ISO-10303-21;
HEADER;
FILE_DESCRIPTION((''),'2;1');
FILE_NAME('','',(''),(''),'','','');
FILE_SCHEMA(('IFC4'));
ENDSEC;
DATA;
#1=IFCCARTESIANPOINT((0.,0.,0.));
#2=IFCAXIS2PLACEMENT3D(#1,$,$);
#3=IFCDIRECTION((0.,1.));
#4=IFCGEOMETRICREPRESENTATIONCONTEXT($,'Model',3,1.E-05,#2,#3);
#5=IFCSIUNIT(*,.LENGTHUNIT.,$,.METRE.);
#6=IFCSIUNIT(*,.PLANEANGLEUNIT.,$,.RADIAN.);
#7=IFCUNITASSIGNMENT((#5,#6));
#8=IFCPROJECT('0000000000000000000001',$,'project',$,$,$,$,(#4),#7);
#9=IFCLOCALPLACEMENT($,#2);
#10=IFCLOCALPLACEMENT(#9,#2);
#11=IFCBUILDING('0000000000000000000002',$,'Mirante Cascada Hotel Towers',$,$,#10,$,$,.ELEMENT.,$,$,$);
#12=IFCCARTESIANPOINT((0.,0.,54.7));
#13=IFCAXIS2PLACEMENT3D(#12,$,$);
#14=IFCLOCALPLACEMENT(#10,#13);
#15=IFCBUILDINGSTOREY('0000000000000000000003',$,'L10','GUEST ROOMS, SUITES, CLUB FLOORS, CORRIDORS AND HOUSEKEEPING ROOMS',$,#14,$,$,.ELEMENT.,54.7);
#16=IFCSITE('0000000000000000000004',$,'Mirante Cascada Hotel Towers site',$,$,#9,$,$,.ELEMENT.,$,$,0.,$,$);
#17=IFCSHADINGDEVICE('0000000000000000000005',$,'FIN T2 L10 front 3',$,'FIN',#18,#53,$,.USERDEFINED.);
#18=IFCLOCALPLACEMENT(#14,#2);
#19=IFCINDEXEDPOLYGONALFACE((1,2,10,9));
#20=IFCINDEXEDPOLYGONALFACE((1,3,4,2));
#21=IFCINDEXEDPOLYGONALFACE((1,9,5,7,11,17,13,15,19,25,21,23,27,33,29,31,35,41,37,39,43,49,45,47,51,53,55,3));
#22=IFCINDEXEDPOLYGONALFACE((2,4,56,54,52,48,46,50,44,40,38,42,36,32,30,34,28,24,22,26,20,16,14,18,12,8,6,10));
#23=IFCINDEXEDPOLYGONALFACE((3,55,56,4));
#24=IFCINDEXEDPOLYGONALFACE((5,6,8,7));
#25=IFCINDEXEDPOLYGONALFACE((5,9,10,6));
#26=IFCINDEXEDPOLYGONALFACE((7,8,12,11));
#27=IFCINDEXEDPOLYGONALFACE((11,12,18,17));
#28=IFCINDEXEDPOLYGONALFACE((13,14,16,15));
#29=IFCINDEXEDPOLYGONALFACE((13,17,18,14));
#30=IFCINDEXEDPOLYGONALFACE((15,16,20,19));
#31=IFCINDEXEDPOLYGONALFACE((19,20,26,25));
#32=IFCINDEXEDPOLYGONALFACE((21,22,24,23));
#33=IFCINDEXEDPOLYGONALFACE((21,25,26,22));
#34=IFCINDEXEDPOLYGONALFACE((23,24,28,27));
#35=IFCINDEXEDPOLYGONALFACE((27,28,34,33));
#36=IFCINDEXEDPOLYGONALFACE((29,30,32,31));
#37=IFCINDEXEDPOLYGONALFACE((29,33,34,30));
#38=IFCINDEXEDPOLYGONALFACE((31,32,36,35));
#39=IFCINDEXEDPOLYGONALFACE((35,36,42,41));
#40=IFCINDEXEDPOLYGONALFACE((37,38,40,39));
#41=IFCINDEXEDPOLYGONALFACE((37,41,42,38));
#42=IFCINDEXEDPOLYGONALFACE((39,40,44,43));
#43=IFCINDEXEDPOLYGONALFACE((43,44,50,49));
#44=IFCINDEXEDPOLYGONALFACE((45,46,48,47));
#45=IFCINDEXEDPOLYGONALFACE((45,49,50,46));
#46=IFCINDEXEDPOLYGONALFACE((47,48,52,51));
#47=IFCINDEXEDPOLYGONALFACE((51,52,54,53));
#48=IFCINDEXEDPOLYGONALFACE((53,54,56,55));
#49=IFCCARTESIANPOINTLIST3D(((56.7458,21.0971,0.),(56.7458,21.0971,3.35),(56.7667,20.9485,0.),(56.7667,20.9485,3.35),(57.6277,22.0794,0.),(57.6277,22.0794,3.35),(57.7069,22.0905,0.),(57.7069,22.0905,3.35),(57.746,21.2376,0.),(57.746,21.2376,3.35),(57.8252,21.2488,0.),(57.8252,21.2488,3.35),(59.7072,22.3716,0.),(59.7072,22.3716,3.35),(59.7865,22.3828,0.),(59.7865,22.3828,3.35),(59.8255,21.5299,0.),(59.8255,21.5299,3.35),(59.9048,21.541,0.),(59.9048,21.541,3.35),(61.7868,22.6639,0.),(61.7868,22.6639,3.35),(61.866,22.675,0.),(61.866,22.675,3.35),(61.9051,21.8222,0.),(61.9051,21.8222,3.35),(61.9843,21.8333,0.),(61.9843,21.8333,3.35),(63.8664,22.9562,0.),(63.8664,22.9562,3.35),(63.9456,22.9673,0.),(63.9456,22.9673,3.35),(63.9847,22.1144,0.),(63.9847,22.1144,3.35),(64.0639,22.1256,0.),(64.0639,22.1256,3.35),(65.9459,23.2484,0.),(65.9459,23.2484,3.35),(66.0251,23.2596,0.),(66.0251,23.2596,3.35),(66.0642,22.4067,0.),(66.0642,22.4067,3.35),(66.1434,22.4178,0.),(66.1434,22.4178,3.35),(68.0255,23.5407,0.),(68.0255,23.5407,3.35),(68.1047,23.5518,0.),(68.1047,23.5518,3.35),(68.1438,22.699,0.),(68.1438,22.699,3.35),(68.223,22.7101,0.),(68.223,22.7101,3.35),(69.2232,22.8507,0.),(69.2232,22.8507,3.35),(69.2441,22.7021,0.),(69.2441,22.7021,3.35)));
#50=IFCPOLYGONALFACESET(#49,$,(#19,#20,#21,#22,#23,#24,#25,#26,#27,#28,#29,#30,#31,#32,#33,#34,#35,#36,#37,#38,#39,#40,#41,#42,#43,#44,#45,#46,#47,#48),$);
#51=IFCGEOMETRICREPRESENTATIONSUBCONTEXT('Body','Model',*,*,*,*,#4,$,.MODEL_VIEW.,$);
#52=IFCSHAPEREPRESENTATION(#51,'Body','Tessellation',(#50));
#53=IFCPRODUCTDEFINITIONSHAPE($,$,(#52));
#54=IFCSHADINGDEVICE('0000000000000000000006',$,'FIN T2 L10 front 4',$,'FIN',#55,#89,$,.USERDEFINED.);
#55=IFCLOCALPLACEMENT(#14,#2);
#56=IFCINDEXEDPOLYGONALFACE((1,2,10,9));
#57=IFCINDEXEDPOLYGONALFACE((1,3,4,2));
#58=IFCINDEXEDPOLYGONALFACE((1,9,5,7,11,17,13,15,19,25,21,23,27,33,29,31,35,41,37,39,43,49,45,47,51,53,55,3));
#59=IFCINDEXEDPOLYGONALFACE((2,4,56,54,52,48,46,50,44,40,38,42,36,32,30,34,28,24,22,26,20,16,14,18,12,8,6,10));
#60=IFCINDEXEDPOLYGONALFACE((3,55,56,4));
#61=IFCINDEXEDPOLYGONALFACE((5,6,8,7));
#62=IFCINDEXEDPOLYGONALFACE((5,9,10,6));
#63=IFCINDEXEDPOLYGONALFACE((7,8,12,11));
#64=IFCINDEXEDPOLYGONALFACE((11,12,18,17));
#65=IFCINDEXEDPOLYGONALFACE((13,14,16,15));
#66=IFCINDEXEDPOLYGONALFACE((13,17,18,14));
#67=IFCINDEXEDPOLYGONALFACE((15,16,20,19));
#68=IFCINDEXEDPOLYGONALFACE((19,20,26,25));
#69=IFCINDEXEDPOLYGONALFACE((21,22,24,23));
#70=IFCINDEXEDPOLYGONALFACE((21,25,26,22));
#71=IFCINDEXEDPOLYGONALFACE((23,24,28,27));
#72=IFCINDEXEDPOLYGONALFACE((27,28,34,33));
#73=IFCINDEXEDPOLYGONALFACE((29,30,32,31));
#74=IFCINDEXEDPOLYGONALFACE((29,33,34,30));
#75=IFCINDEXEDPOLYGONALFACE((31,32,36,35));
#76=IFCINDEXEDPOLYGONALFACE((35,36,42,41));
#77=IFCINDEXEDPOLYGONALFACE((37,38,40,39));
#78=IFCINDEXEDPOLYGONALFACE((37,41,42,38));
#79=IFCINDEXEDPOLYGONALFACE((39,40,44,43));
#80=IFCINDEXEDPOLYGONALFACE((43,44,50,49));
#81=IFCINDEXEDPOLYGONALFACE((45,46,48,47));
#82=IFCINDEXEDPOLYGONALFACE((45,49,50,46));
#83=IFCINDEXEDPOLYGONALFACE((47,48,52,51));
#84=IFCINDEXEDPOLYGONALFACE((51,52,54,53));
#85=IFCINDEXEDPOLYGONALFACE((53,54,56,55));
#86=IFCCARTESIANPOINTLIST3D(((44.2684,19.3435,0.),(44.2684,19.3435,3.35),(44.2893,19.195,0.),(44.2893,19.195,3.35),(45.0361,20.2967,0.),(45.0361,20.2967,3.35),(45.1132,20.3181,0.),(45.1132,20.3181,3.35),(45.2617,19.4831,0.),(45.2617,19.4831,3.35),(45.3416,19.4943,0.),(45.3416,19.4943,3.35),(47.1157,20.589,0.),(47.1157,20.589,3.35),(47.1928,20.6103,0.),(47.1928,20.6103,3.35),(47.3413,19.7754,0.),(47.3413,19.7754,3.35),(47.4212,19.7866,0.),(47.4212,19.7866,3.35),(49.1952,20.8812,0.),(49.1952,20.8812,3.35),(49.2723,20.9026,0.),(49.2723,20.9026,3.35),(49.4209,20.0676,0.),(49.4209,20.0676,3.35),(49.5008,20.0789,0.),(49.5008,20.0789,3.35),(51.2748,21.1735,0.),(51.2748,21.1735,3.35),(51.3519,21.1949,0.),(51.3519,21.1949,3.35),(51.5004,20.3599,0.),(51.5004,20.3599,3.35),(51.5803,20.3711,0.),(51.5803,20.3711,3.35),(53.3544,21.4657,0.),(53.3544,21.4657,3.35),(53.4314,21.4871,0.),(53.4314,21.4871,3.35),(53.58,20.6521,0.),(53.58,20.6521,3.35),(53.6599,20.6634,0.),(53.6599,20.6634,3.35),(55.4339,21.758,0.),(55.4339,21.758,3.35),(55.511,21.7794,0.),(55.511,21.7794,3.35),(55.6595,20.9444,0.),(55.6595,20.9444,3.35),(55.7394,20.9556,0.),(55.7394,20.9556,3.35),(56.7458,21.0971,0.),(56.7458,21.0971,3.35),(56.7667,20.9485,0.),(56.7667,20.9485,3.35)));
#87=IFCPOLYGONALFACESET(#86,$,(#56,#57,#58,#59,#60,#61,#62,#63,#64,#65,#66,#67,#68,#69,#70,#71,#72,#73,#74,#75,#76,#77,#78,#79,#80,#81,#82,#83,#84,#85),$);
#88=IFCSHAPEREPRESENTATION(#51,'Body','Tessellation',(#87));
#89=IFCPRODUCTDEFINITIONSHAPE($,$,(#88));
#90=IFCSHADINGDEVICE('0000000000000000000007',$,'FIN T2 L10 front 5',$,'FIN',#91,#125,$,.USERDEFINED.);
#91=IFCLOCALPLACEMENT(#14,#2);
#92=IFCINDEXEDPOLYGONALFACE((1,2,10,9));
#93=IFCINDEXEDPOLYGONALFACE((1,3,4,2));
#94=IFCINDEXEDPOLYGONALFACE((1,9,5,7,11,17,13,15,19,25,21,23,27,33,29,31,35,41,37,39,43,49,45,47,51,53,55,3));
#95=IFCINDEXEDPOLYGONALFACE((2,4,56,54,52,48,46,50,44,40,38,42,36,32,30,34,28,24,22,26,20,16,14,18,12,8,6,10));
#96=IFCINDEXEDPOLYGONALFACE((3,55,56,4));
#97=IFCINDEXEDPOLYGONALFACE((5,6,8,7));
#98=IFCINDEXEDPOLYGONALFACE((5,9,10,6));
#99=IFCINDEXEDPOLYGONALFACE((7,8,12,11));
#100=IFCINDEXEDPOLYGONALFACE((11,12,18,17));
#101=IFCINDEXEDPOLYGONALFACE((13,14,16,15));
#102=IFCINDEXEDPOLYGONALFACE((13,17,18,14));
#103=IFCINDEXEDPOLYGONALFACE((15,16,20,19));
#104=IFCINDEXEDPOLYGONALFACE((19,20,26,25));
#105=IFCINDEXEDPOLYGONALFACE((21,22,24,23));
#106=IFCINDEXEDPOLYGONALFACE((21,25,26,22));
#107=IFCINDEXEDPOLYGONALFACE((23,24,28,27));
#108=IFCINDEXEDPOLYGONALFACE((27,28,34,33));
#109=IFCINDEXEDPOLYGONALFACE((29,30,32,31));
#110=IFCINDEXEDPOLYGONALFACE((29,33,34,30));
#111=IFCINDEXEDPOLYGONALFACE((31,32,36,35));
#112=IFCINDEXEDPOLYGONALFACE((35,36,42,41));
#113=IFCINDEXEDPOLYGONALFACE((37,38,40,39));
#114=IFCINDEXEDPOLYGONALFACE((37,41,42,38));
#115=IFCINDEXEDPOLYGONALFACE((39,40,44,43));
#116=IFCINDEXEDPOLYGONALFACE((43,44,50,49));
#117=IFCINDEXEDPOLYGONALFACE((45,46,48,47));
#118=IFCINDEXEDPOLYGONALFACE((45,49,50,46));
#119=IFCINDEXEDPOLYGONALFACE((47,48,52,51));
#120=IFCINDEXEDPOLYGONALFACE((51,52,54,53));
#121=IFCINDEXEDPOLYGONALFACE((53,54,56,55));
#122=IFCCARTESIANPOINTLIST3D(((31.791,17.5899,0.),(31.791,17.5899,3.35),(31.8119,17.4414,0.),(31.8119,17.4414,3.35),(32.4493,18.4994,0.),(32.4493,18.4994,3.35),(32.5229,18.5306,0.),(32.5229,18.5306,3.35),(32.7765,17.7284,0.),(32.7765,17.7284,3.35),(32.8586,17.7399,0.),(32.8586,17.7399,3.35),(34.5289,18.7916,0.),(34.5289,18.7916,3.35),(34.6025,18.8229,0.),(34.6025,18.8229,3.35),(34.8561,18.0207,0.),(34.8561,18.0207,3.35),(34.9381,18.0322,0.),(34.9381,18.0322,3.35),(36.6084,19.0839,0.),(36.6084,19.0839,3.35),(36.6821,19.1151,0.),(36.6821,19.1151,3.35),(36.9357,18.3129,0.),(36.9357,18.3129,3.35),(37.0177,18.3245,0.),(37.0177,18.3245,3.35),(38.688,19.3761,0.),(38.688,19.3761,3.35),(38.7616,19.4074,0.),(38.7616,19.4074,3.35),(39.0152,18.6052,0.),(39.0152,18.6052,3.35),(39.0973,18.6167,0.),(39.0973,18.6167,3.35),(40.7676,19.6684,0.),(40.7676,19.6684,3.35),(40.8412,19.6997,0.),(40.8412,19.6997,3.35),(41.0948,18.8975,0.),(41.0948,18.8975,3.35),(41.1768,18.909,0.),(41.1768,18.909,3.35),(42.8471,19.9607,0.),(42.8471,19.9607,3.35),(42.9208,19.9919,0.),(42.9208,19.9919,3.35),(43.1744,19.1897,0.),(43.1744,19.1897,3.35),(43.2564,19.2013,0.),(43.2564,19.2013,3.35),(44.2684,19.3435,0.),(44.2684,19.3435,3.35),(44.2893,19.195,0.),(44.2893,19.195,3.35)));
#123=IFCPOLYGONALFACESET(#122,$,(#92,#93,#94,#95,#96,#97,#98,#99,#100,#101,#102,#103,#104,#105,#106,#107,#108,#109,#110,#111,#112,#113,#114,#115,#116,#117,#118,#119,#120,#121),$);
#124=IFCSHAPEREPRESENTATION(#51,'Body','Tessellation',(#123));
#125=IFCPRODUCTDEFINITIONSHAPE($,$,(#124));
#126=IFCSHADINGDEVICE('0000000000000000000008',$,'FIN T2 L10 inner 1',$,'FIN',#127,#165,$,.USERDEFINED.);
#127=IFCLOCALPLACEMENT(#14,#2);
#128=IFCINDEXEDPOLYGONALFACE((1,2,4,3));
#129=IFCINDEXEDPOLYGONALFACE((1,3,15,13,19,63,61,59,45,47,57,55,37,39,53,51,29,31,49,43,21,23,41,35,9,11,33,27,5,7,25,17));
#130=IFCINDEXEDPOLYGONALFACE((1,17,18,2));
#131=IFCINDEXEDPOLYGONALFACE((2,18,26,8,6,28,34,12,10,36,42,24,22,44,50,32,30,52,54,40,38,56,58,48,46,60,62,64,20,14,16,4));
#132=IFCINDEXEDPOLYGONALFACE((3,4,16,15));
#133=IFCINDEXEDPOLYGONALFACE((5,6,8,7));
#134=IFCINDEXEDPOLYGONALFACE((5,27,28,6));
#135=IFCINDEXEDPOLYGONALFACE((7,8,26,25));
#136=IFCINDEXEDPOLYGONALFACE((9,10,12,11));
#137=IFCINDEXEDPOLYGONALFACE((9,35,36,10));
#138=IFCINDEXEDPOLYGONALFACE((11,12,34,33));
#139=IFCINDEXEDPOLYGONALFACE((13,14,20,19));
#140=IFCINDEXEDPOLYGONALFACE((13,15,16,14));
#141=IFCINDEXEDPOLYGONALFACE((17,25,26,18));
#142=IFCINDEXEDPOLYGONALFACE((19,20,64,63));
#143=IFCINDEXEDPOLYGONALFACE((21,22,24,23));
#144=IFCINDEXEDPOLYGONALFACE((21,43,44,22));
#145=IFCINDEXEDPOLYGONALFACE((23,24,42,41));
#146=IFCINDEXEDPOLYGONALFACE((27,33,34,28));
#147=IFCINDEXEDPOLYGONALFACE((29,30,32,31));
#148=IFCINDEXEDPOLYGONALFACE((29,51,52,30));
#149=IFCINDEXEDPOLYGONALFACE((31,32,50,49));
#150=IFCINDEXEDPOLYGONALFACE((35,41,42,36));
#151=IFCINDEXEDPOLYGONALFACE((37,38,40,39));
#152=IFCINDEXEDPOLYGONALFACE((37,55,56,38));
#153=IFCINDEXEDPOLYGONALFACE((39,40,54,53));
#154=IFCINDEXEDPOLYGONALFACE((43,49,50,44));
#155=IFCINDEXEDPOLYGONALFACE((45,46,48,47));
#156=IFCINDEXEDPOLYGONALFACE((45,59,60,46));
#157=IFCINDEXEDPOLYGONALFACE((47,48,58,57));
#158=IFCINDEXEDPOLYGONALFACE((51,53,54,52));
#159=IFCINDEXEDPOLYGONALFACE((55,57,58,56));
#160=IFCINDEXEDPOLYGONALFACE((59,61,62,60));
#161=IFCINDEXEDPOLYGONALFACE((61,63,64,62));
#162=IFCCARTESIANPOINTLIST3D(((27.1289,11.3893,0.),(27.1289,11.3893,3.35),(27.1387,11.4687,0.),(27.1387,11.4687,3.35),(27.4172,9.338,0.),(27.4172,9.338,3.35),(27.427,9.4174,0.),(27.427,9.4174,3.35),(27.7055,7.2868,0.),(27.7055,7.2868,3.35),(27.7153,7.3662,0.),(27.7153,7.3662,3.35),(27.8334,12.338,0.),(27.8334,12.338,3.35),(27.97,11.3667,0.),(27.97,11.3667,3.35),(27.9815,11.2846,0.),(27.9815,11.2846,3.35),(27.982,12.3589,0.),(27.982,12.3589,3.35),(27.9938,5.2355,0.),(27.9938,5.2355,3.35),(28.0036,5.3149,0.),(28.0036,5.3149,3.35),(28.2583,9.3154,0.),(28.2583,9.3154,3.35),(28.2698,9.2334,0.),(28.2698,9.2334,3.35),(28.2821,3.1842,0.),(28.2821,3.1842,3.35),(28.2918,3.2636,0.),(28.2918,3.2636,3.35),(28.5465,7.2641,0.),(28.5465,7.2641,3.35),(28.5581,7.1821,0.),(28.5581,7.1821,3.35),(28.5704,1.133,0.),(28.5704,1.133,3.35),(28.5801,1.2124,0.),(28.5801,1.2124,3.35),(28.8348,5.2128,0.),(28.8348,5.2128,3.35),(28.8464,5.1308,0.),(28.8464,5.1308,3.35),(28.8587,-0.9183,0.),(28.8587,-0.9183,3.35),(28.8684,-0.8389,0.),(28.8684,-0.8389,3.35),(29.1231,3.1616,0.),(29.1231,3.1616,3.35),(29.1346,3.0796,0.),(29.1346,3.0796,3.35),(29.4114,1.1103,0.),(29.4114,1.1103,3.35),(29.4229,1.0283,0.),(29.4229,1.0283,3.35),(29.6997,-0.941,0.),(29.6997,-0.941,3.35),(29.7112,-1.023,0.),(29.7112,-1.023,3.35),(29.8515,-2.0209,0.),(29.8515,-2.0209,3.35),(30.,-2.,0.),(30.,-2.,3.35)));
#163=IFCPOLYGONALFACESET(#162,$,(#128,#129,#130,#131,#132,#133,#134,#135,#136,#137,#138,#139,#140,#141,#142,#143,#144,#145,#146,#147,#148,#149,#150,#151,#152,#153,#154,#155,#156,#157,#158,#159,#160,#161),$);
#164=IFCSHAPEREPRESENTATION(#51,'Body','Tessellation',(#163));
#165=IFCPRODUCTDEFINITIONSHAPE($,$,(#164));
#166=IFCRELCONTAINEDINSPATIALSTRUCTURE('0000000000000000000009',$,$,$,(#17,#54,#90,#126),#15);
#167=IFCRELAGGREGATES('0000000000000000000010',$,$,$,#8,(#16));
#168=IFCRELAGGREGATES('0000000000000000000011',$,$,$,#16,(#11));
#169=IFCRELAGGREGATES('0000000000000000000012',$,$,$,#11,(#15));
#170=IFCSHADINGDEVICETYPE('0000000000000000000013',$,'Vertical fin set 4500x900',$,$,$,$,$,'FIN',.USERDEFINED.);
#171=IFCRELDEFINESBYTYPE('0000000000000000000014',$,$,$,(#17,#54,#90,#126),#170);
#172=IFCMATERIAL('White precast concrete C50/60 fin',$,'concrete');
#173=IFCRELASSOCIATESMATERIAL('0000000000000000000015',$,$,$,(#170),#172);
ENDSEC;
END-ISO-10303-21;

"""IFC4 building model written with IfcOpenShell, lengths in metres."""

from ifc_helpers import new_model, si_unit, direction, frame, origin, place, context, subcontext, project, spatial, polyline, outline, extrude, material, type_object, element, save


model = new_model("IFC4")

# Units and contexts
model_context = context("Model", 3, precision=1e-05, world=origin(), true_north=direction((0.0, 1.0)))
body_context = subcontext(model_context, "Body", "Model", "MODEL_VIEW")
ifc_project = project(units=[si_unit("LENGTHUNIT", "METRE"), si_unit("PLANEANGLEUNIT", "RADIAN")], contexts=[model_context])

# Site, building, storey
site_placement = place(None, origin())
site = spatial("IfcSite", under=ifc_project, at=site_placement, Name="Mirante Cascada Hotel Towers site", CompositionType="ELEMENT", RefElevation=0.0)
building_placement = place(site_placement, origin())
building = spatial("IfcBuilding", under=site, at=building_placement, Name="Mirante Cascada Hotel Towers", CompositionType="ELEMENT")
storey_placement = place(building_placement, frame((0.0, 0.0, 54.7)))
storey = spatial("IfcBuildingStorey", under=building, at=storey_placement, Name="L10", Description="GUEST ROOMS, SUITES, CLUB FLOORS, CORRIDORS AND HOUSEKEEPING ROOMS", CompositionType="ELEMENT", Elevation=54.7)

# Shading devices
ifc_material_1 = material(Name="White precast concrete C50/60 fin", Category="concrete")
shading_device_type = type_object("IfcShadingDeviceType", Name="Vertical fin set 4500x900", ElementType="FIN", PredefinedType="USERDEFINED", material=ifc_material_1)
shading_device_1_placement = place(storey_placement, origin())
element("IfcShadingDevice", 1, at=shading_device_1_placement, inside=storey, type_object=shading_device_type, Name="FIN T2 L10 front 3", ObjectType="FIN", PredefinedType="USERDEFINED", context=body_context, shape_type="SweptSolid", body=[
    extrude(outline(polyline([(57.7069, 22.0905), (57.8252, 21.2488), (59.8255, 21.5299), (59.7072, 22.3716), (59.7865, 22.3828), (59.9048, 21.541), (61.9051, 21.8222), (61.7868, 22.6639), (61.866, 22.675), (61.9843, 21.8333), (63.9847, 22.1144), (63.8664, 22.9562), (63.9456, 22.9673), (64.0639, 22.1256), (66.0642, 22.4067), (65.9459, 23.2484), (66.0251, 23.2596), (66.1434, 22.4178), (68.1438, 22.699), (68.0255, 23.5407), (68.1047, 23.5518), (68.223, 22.7101), (69.2232, 22.8507), (69.2441, 22.7021), (56.7667, 20.9485), (56.7458, 21.0971), (57.746, 21.2376), (57.6277, 22.0794), (57.7069, 22.0905)])), origin(), (0.0, 0.0, 1.0), 3.35),
])
shading_device_2_placement = place(storey_placement, origin())
element("IfcShadingDevice", 2, at=shading_device_2_placement, inside=storey, type_object=shading_device_type, Name="FIN T2 L10 front 4", ObjectType="FIN", PredefinedType="USERDEFINED", context=body_context, shape_type="SweptSolid", body=[
    extrude(outline(polyline([(45.1132, 20.3181), (45.3416, 19.4943), (47.3413, 19.7754), (47.1157, 20.589), (47.1928, 20.6103), (47.4212, 19.7866), (49.4209, 20.0676), (49.1952, 20.8812), (49.2723, 20.9026), (49.5008, 20.0789), (51.5004, 20.3599), (51.2748, 21.1735), (51.3519, 21.1949), (51.5803, 20.3711), (53.58, 20.6521), (53.3544, 21.4657), (53.4314, 21.4871), (53.6599, 20.6634), (55.6595, 20.9444), (55.4339, 21.758), (55.511, 21.7794), (55.7394, 20.9556), (56.7458, 21.0971), (56.7667, 20.9485), (44.2893, 19.195), (44.2684, 19.3435), (45.2617, 19.4831), (45.0361, 20.2967), (45.1132, 20.3181)])), origin(), (0.0, 0.0, 1.0), 3.35),
])
shading_device_3_placement = place(storey_placement, origin())
element("IfcShadingDevice", 3, at=shading_device_3_placement, inside=storey, type_object=shading_device_type, Name="FIN T2 L10 front 5", ObjectType="FIN", PredefinedType="USERDEFINED", context=body_context, shape_type="SweptSolid", body=[
    extrude(outline(polyline([(32.5229, 18.5306), (32.8586, 17.7399), (34.8561, 18.0207), (34.5289, 18.7916), (34.6025, 18.8229), (34.9381, 18.0322), (36.9357, 18.3129), (36.6084, 19.0839), (36.6821, 19.1151), (37.0177, 18.3245), (39.0152, 18.6052), (38.688, 19.3761), (38.7616, 19.4074), (39.0973, 18.6167), (41.0948, 18.8975), (40.7676, 19.6684), (40.8412, 19.6997), (41.1768, 18.909), (43.1744, 19.1897), (42.8471, 19.9607), (42.9208, 19.9919), (43.2564, 19.2013), (44.2684, 19.3435), (44.2893, 19.195), (31.8119, 17.4414), (31.791, 17.5899), (32.7765, 17.7284), (32.4493, 18.4994), (32.5229, 18.5306)])), origin(), (0.0, 0.0, 1.0), 3.35),
])
shading_device_4_placement = place(storey_placement, origin())
element("IfcShadingDevice", 4, at=shading_device_4_placement, inside=storey, type_object=shading_device_type, Name="FIN T2 L10 inner 1", ObjectType="FIN", PredefinedType="USERDEFINED", context=body_context, shape_type="SweptSolid", body=[
    extrude(outline(polyline([(28.8684, -0.8389), (29.6997, -0.941), (29.4229, 1.0283), (28.5704, 1.133), (28.5801, 1.2124), (29.4114, 1.1103), (29.1346, 3.0796), (28.2821, 3.1842), (28.2918, 3.2636), (29.1231, 3.1616), (28.8464, 5.1308), (27.9938, 5.2355), (28.0036, 5.3149), (28.8348, 5.2128), (28.5581, 7.1821), (27.7055, 7.2868), (27.7153, 7.3662), (28.5465, 7.2641), (28.2698, 9.2334), (27.4172, 9.338), (27.427, 9.4174), (28.2583, 9.3154), (27.9815, 11.2846), (27.1289, 11.3893), (27.1387, 11.4687), (27.97, 11.3667), (27.8334, 12.338), (27.982, 12.3589), (30.0, -2.0), (29.8515, -2.0209), (29.7112, -1.023), (28.8587, -0.9183), (28.8684, -0.8389)])), origin(), (0.0, 0.0, 1.0), 3.35),
])

save(model, "model.ifc")
